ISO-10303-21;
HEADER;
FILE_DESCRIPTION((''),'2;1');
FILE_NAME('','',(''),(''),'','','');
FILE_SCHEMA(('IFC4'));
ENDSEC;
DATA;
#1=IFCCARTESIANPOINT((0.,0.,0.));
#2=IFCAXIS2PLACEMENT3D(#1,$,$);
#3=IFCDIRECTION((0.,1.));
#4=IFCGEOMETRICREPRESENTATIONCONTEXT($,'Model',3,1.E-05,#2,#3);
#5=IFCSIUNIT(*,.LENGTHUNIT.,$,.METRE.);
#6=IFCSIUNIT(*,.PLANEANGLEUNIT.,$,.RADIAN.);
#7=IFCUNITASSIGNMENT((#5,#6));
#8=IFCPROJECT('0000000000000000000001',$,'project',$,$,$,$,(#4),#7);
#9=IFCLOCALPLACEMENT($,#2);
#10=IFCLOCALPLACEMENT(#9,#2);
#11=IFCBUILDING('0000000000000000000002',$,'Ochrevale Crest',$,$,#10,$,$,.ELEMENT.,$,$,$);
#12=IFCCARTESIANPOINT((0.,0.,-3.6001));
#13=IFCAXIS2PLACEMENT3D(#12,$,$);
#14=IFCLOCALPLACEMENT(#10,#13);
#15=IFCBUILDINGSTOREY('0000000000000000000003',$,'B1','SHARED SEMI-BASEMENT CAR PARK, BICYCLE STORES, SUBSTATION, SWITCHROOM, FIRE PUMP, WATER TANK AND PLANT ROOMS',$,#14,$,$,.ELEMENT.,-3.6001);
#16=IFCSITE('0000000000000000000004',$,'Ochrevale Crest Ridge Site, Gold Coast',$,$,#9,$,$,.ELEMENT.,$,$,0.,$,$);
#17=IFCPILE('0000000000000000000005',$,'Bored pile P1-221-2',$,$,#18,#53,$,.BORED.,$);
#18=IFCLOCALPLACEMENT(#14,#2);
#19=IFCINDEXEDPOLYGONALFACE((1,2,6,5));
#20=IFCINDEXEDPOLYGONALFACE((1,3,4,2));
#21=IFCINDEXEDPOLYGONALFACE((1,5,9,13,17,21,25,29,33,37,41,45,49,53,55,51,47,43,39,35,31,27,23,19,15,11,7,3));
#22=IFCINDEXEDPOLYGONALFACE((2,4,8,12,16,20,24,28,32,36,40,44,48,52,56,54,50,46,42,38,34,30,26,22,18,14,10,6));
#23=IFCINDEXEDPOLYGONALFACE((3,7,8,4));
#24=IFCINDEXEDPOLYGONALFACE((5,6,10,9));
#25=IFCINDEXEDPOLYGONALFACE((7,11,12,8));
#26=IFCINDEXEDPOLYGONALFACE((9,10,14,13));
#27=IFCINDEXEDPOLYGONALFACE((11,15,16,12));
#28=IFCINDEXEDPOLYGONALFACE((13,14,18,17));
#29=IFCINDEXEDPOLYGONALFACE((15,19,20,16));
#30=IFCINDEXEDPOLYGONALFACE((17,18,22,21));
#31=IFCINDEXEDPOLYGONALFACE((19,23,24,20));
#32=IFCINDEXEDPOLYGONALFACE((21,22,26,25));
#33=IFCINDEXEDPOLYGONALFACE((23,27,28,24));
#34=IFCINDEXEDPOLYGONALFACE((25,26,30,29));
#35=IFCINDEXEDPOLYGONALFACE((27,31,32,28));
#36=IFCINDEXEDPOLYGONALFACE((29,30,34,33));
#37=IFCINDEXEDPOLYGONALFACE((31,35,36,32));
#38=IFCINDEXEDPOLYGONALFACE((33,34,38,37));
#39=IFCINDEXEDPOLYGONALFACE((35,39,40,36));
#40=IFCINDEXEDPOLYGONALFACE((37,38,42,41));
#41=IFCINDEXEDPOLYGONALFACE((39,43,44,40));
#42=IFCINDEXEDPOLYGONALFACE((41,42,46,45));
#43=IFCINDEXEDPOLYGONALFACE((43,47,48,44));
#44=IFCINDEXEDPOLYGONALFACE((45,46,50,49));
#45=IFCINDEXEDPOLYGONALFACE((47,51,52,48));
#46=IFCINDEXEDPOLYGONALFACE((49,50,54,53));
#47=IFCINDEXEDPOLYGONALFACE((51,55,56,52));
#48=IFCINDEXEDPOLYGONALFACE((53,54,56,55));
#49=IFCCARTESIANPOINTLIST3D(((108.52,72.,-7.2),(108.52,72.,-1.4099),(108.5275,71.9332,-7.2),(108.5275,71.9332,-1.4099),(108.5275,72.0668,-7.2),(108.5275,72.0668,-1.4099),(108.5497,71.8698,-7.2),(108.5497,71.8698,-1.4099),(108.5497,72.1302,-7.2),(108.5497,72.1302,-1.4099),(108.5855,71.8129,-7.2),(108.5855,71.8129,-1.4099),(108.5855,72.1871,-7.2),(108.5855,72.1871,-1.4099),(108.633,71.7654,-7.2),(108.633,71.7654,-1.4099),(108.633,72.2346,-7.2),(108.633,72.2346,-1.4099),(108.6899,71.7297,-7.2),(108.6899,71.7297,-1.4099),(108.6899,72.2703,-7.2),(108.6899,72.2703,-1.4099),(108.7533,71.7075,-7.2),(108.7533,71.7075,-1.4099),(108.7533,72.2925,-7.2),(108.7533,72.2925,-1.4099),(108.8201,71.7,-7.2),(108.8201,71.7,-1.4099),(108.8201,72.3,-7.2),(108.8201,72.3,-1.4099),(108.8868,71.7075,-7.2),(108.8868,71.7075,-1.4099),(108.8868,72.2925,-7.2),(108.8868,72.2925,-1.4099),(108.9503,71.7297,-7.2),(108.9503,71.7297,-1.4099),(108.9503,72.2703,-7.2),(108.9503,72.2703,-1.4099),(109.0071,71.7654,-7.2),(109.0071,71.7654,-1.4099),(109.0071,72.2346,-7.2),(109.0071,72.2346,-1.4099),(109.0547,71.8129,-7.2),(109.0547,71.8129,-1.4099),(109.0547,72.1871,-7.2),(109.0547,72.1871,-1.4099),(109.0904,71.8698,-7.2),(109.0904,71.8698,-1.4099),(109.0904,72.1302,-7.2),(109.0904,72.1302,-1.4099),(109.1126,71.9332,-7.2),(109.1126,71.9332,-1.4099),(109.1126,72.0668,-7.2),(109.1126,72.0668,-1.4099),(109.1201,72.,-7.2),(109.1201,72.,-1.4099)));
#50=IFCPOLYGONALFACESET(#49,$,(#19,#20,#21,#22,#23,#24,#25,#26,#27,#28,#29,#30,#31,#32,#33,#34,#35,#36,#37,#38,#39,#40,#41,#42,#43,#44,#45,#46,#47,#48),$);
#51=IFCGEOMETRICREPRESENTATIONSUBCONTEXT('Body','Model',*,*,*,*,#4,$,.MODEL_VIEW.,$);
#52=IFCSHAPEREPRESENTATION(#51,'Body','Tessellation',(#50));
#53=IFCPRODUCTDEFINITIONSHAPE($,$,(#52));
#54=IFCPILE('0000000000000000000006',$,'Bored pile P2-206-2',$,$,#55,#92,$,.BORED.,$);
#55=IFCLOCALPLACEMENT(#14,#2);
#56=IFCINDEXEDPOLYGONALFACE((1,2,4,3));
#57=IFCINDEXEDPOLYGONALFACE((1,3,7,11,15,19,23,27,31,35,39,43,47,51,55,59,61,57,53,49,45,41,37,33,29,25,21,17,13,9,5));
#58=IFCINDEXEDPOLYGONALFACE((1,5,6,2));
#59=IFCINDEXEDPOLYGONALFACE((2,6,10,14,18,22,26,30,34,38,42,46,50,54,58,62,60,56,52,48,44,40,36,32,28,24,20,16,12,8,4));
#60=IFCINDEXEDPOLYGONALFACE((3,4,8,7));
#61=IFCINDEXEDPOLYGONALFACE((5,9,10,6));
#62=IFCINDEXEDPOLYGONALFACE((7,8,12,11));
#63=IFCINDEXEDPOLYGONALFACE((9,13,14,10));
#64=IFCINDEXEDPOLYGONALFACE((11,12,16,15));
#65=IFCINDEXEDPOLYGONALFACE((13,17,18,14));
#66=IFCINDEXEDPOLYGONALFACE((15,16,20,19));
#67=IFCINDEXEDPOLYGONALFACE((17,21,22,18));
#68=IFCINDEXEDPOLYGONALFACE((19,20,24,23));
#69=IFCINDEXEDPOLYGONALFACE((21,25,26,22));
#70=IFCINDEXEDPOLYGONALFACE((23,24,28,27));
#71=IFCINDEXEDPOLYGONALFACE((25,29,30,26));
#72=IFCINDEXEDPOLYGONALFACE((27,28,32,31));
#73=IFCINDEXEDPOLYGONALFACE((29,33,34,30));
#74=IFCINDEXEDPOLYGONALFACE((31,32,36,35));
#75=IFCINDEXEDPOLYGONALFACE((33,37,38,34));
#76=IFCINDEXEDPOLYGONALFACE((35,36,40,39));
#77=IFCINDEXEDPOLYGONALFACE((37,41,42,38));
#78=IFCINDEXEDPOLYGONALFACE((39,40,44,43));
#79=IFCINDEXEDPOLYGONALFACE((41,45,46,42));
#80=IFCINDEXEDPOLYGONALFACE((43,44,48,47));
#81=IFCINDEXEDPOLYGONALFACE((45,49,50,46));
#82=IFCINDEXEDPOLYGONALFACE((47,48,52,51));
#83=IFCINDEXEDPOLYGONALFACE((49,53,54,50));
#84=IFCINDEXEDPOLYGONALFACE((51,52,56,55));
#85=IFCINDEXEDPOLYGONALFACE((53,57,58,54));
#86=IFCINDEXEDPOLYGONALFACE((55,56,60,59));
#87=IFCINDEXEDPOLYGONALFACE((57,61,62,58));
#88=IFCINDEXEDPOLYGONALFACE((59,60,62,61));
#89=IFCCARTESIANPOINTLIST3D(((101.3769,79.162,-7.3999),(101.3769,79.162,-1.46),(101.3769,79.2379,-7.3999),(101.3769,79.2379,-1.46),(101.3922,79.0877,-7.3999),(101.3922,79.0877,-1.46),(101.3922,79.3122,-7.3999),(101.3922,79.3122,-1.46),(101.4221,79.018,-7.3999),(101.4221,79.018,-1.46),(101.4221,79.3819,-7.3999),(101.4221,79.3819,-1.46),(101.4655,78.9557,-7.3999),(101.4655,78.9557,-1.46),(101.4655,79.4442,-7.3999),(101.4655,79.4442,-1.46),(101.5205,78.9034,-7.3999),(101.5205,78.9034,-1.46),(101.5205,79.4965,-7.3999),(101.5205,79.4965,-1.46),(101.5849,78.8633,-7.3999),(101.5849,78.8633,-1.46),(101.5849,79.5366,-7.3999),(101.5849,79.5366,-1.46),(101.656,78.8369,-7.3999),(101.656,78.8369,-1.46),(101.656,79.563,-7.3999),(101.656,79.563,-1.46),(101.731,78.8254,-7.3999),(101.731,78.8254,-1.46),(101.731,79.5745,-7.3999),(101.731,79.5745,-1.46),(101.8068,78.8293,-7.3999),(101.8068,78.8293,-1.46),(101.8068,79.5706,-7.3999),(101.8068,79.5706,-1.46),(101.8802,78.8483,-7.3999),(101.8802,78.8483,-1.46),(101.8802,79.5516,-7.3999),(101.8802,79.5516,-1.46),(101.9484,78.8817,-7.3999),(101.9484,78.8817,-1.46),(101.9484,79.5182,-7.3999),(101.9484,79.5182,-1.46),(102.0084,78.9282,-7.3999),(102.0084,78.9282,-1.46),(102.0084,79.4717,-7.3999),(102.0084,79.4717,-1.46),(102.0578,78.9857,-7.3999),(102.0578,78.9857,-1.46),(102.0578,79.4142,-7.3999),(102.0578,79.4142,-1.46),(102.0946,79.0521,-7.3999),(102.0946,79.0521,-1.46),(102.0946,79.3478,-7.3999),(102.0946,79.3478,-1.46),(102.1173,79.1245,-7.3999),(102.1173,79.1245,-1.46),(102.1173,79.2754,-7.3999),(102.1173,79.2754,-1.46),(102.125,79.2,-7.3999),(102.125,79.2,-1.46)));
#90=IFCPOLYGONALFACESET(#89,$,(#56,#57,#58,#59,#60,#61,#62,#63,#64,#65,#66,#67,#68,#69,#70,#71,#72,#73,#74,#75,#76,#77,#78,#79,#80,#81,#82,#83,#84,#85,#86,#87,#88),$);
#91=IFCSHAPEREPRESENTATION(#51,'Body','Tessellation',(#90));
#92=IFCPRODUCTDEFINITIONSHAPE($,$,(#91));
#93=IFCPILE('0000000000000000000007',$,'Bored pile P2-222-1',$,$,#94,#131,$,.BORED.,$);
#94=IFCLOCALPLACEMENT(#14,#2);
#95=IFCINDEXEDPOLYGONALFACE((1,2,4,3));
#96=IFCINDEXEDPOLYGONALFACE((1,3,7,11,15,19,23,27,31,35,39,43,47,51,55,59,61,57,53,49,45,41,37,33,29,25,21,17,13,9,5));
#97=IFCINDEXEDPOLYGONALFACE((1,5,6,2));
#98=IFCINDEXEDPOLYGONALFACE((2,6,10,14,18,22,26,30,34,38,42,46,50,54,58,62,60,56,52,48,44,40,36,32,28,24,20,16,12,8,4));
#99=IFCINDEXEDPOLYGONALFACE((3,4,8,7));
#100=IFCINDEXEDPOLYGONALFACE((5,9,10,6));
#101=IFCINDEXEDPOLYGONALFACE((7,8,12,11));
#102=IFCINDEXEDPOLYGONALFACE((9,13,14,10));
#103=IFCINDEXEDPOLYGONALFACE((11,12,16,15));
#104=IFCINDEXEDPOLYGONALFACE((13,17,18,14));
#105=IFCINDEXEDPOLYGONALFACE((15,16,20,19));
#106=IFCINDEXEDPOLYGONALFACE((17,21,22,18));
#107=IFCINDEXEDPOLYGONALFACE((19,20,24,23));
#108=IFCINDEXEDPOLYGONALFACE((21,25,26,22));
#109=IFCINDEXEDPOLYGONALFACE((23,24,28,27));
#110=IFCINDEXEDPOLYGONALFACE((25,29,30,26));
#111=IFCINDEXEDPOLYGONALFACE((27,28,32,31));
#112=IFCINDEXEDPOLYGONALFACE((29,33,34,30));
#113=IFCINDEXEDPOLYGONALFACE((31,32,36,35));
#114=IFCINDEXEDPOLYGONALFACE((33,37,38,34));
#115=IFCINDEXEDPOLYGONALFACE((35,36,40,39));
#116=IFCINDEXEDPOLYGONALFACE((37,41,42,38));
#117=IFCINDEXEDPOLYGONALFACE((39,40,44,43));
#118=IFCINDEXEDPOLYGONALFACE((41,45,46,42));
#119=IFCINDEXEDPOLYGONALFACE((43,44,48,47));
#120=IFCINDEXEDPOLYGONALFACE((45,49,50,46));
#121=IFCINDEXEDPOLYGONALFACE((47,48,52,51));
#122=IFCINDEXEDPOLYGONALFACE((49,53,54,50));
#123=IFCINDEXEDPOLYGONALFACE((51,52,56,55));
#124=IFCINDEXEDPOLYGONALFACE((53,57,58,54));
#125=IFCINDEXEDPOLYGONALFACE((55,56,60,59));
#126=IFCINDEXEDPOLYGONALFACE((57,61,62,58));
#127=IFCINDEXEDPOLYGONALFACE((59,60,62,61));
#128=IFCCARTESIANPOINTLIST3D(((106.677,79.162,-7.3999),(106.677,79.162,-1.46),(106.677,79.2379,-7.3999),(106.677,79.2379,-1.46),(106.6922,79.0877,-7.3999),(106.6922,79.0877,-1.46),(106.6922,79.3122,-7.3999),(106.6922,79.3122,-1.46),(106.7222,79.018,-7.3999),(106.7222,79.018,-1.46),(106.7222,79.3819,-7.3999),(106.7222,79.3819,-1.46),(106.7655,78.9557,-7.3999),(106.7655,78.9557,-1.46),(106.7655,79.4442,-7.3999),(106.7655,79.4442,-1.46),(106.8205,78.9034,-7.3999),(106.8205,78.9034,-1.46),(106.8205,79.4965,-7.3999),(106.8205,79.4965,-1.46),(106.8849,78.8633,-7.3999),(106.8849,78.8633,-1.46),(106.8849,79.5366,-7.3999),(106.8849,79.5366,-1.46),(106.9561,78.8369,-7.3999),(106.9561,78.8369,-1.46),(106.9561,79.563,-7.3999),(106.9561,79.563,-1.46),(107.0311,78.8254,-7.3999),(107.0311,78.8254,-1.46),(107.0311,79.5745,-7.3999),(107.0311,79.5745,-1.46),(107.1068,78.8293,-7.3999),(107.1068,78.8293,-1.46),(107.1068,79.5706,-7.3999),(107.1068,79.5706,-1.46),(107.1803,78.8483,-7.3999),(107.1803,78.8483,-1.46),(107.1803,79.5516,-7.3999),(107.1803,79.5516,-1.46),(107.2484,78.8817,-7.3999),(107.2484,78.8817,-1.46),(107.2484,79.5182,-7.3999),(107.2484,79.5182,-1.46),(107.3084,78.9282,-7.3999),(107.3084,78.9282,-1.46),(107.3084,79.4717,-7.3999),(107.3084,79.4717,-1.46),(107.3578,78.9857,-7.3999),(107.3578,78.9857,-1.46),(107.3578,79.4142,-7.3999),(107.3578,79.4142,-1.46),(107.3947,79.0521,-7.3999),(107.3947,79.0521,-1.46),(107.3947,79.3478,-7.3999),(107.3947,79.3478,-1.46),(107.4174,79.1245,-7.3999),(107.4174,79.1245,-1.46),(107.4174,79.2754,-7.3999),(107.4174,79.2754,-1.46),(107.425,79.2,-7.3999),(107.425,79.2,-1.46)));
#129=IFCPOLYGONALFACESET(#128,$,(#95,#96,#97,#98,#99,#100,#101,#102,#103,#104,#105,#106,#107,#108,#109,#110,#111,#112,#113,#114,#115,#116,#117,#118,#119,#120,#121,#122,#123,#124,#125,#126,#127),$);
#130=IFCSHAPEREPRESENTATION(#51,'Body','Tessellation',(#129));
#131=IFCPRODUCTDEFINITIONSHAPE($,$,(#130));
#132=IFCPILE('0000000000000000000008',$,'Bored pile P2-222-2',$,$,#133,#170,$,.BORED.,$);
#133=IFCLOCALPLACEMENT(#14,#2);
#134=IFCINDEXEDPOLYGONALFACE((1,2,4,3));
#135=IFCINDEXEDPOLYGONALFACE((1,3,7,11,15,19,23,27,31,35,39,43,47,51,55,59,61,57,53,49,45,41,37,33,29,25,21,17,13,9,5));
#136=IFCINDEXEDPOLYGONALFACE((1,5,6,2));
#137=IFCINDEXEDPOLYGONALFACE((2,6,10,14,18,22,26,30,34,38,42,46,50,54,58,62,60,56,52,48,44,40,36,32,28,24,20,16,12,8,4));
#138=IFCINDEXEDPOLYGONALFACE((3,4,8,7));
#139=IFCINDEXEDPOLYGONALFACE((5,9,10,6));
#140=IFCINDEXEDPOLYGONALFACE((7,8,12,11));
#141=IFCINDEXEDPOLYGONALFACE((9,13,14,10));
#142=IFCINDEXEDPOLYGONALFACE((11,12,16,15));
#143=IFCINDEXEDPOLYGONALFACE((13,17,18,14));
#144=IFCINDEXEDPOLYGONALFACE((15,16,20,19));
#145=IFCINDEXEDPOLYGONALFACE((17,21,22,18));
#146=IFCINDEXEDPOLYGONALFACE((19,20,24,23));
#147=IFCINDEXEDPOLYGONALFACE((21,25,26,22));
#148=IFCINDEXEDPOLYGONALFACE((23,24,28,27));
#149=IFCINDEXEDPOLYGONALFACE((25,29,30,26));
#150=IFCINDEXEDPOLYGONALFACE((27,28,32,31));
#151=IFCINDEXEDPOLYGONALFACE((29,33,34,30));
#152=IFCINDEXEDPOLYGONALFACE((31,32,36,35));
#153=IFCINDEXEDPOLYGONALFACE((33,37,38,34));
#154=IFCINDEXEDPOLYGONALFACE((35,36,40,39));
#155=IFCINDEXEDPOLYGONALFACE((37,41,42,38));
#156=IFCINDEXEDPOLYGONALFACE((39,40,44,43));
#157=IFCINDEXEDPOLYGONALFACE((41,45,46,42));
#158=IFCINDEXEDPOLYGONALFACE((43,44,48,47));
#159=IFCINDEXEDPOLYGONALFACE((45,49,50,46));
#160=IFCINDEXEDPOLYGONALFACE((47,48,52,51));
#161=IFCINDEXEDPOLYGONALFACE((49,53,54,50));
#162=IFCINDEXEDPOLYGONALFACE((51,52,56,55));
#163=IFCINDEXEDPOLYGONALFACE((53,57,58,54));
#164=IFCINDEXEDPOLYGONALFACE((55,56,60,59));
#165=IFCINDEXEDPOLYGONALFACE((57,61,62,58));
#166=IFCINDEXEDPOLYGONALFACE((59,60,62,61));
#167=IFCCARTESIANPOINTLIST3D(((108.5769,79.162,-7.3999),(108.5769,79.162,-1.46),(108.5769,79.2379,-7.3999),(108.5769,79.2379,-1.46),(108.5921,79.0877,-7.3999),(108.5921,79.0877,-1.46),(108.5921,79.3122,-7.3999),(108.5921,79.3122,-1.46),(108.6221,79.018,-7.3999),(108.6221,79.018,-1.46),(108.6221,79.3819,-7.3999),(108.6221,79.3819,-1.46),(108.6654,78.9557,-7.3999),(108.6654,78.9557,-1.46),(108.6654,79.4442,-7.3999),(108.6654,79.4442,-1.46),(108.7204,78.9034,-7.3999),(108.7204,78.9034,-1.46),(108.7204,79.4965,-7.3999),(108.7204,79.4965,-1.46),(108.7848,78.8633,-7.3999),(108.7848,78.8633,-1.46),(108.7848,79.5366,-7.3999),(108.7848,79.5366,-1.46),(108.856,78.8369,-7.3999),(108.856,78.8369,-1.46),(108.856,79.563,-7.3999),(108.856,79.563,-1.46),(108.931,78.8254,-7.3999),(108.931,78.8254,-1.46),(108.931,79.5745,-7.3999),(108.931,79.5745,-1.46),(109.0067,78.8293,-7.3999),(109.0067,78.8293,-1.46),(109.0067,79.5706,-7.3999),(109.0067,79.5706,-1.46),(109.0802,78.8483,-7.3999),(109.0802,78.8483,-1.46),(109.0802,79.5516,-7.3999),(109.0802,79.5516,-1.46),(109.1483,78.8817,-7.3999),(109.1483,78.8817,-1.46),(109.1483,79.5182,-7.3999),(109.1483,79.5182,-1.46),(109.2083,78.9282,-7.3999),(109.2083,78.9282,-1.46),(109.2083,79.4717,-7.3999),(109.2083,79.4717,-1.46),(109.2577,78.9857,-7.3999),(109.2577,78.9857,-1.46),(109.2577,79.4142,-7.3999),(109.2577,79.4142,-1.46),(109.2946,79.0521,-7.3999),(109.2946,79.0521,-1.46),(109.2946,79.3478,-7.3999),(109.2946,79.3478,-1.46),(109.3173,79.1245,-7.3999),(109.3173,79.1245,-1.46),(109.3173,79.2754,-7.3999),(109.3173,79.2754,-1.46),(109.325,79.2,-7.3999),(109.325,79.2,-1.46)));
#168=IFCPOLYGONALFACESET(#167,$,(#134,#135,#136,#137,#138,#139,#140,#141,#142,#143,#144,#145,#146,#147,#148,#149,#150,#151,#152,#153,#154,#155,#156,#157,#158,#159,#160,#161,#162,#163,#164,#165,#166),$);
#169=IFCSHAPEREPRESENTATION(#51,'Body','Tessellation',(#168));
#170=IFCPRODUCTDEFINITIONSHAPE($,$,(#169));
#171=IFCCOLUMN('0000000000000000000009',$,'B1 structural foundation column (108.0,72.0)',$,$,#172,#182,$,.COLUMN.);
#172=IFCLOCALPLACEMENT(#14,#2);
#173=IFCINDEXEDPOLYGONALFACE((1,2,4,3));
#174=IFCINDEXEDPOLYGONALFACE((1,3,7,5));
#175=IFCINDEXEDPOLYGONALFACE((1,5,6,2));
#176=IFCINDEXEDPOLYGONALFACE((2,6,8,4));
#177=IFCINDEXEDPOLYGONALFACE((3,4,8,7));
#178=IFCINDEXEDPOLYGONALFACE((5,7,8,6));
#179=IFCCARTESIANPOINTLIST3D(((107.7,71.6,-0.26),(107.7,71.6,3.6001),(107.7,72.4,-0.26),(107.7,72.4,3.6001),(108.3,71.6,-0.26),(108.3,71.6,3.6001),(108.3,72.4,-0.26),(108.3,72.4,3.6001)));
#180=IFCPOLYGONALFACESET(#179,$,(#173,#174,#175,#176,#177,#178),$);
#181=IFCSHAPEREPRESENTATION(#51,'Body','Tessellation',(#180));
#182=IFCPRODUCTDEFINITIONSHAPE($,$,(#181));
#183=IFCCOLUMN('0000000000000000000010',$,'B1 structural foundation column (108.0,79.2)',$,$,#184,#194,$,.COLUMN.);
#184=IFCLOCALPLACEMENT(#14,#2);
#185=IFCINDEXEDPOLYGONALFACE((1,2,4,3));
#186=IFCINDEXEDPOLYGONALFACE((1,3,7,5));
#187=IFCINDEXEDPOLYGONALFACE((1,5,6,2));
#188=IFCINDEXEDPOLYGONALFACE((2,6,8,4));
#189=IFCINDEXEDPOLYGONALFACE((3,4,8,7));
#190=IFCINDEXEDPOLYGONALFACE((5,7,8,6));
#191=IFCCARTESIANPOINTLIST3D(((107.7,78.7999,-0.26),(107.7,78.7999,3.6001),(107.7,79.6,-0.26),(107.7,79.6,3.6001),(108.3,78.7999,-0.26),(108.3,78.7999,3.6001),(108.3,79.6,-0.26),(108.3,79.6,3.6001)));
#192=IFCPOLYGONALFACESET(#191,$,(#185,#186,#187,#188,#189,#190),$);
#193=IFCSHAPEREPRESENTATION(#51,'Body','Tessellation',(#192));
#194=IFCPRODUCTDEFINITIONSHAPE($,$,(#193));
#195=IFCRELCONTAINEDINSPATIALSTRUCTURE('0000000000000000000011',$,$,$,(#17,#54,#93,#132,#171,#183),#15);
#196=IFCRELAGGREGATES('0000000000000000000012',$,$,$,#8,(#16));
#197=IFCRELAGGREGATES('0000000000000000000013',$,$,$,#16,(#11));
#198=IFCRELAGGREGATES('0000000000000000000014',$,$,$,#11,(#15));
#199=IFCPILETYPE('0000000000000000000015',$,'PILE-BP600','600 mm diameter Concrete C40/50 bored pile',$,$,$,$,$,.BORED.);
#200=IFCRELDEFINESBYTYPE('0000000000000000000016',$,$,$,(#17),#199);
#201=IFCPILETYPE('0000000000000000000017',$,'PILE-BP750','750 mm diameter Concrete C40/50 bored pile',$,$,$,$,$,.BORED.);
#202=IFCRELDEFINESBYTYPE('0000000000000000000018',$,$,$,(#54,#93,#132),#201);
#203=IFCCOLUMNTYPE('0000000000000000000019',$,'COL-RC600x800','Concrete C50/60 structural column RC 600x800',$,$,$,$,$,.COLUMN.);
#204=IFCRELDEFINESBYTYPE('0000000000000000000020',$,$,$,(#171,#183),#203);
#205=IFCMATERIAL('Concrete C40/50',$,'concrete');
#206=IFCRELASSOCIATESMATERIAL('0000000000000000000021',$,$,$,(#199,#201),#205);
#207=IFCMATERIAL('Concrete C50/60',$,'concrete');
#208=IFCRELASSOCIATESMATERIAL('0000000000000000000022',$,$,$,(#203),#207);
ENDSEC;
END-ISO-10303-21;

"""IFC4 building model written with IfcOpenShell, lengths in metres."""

from ifc_helpers import new_model, si_unit, direction, frame, origin, origin_2d, place, context, subcontext, project, spatial, rectangle, circle, extrude, material, material_profile, profile_set, type_object, element, save


model = new_model("IFC4")

# Units and contexts
model_context = context("Model", 3, precision=1e-05, world=origin(), true_north=direction((0.0, 1.0)))
body_context = subcontext(model_context, "Body", "Model", "MODEL_VIEW")
ifc_project = project(units=[si_unit("LENGTHUNIT", "METRE"), si_unit("PLANEANGLEUNIT", "RADIAN")], contexts=[model_context])

# Site, building, storey
site_placement = place(None, origin())
site = spatial("IfcSite", under=ifc_project, at=site_placement, Name="Ochrevale Crest Ridge Site, Gold Coast", CompositionType="ELEMENT", RefElevation=0.0)
building_placement = place(site_placement, origin())
building = spatial("IfcBuilding", under=site, at=building_placement, Name="Ochrevale Crest", CompositionType="ELEMENT")
storey_placement = place(building_placement, frame((0.0, 0.0, -3.6001)))
storey = spatial("IfcBuildingStorey", under=building, at=storey_placement, Name="B1", Description="SHARED SEMI-BASEMENT CAR PARK, BICYCLE STORES, SUBSTATION, SWITCHROOM, FIRE PUMP, WATER TANK AND PLANT ROOMS", CompositionType="ELEMENT", Elevation=-3.6001)

# Shared definitions
ifc_material_1 = material(Name="Concrete C40/50", Category="concrete")

# Piles
ifc_material_profile_1 = material_profile(ifc_material_1, circle(Radius=0.3, at=origin_2d()), Name="BORED PILE 600")
ifc_profile_set_1 = profile_set([ifc_material_profile_1], Name="Concrete C40/50")
pile_type_1 = type_object("IfcPileType", Name="PILE-BP600", Description="600 mm diameter Concrete C40/50 bored pile", PredefinedType="BORED", material=ifc_profile_set_1)
for number, where, z_axis, x_axis, name in (
    (1, (108.8201, 72.0, -1.4099), (0.0, 0.0, -1.0), (1.0, 0.0, 0.0), "Bored pile P1-221-2"),
):
    element("IfcPile", number, at=place(storey_placement, frame(where, z_axis=z_axis, x_axis=x_axis)), inside=storey, type_object=pile_type_1, Name=name, PredefinedType="BORED", context=body_context, shape_type="SweptSolid", body=[
        extrude(circle(Radius=0.3, at=origin_2d()), origin(), (0.0, 0.0, 1.0), 5.79),
    ])
ifc_material_profile_2 = material_profile(ifc_material_1, circle(Radius=0.375, at=origin_2d()), Name="BORED PILE 750")
ifc_profile_set_2 = profile_set([ifc_material_profile_2], Name="Concrete C40/50")
pile_type_2 = type_object("IfcPileType", Name="PILE-BP750", Description="750 mm diameter Concrete C40/50 bored pile", PredefinedType="BORED", material=ifc_profile_set_2)
for number, where, z_axis, x_axis, name in (
    (2, (101.75, 79.2, -1.46), (0.0, 0.0, -1.0), (1.0, 0.0, 0.0), "Bored pile P2-206-2"),
    (3, (107.05, 79.2, -1.46), (0.0, 0.0, -1.0), (1.0, 0.0, 0.0), "Bored pile P2-222-1"),
    (4, (108.95, 79.2, -1.46), (0.0, 0.0, -1.0), (1.0, 0.0, 0.0), "Bored pile P2-222-2"),
):
    element("IfcPile", number, at=place(storey_placement, frame(where, z_axis=z_axis, x_axis=x_axis)), inside=storey, type_object=pile_type_2, Name=name, PredefinedType="BORED", context=body_context, shape_type="SweptSolid", body=[
        extrude(circle(Radius=0.375, at=origin_2d()), origin(), (0.0, 0.0, 1.0), 5.9399),
    ])

# Columns
ifc_material_2 = material(Name="Concrete C50/60", Category="concrete")
ifc_material_profile_3 = material_profile(ifc_material_2, rectangle(XDim=0.6001, YDim=0.8, at=origin_2d()), Name="RC 600x800")
ifc_profile_set_3 = profile_set([ifc_material_profile_3], Name="Concrete C50/60")
column_type = type_object("IfcColumnType", Name="COL-RC600x800", Description="Concrete C50/60 structural column RC 600x800", PredefinedType="COLUMN", material=ifc_profile_set_3)
for number, where, z_axis, x_axis, name in (
    (5, (108.0, 72.0, -0.26), (0.0, 0.0, 1.0), (1.0, 0.0, 0.0), "B1 structural foundation column (108.0,72.0)"),
    (6, (108.0, 79.2, -0.26), (0.0, 0.0, 1.0), (1.0, 0.0, 0.0), "B1 structural foundation column (108.0,79.2)"),
):
    element("IfcColumn", number, at=place(storey_placement, frame(where, z_axis=z_axis, x_axis=x_axis)), inside=storey, type_object=column_type, Name=name, PredefinedType="COLUMN", context=body_context, shape_type="SweptSolid", body=[
        extrude(rectangle(XDim=0.6001, YDim=0.8, at=origin_2d()), origin(), (0.0, 0.0, 1.0), 3.8601),
    ])

save(model, "model.ifc")
